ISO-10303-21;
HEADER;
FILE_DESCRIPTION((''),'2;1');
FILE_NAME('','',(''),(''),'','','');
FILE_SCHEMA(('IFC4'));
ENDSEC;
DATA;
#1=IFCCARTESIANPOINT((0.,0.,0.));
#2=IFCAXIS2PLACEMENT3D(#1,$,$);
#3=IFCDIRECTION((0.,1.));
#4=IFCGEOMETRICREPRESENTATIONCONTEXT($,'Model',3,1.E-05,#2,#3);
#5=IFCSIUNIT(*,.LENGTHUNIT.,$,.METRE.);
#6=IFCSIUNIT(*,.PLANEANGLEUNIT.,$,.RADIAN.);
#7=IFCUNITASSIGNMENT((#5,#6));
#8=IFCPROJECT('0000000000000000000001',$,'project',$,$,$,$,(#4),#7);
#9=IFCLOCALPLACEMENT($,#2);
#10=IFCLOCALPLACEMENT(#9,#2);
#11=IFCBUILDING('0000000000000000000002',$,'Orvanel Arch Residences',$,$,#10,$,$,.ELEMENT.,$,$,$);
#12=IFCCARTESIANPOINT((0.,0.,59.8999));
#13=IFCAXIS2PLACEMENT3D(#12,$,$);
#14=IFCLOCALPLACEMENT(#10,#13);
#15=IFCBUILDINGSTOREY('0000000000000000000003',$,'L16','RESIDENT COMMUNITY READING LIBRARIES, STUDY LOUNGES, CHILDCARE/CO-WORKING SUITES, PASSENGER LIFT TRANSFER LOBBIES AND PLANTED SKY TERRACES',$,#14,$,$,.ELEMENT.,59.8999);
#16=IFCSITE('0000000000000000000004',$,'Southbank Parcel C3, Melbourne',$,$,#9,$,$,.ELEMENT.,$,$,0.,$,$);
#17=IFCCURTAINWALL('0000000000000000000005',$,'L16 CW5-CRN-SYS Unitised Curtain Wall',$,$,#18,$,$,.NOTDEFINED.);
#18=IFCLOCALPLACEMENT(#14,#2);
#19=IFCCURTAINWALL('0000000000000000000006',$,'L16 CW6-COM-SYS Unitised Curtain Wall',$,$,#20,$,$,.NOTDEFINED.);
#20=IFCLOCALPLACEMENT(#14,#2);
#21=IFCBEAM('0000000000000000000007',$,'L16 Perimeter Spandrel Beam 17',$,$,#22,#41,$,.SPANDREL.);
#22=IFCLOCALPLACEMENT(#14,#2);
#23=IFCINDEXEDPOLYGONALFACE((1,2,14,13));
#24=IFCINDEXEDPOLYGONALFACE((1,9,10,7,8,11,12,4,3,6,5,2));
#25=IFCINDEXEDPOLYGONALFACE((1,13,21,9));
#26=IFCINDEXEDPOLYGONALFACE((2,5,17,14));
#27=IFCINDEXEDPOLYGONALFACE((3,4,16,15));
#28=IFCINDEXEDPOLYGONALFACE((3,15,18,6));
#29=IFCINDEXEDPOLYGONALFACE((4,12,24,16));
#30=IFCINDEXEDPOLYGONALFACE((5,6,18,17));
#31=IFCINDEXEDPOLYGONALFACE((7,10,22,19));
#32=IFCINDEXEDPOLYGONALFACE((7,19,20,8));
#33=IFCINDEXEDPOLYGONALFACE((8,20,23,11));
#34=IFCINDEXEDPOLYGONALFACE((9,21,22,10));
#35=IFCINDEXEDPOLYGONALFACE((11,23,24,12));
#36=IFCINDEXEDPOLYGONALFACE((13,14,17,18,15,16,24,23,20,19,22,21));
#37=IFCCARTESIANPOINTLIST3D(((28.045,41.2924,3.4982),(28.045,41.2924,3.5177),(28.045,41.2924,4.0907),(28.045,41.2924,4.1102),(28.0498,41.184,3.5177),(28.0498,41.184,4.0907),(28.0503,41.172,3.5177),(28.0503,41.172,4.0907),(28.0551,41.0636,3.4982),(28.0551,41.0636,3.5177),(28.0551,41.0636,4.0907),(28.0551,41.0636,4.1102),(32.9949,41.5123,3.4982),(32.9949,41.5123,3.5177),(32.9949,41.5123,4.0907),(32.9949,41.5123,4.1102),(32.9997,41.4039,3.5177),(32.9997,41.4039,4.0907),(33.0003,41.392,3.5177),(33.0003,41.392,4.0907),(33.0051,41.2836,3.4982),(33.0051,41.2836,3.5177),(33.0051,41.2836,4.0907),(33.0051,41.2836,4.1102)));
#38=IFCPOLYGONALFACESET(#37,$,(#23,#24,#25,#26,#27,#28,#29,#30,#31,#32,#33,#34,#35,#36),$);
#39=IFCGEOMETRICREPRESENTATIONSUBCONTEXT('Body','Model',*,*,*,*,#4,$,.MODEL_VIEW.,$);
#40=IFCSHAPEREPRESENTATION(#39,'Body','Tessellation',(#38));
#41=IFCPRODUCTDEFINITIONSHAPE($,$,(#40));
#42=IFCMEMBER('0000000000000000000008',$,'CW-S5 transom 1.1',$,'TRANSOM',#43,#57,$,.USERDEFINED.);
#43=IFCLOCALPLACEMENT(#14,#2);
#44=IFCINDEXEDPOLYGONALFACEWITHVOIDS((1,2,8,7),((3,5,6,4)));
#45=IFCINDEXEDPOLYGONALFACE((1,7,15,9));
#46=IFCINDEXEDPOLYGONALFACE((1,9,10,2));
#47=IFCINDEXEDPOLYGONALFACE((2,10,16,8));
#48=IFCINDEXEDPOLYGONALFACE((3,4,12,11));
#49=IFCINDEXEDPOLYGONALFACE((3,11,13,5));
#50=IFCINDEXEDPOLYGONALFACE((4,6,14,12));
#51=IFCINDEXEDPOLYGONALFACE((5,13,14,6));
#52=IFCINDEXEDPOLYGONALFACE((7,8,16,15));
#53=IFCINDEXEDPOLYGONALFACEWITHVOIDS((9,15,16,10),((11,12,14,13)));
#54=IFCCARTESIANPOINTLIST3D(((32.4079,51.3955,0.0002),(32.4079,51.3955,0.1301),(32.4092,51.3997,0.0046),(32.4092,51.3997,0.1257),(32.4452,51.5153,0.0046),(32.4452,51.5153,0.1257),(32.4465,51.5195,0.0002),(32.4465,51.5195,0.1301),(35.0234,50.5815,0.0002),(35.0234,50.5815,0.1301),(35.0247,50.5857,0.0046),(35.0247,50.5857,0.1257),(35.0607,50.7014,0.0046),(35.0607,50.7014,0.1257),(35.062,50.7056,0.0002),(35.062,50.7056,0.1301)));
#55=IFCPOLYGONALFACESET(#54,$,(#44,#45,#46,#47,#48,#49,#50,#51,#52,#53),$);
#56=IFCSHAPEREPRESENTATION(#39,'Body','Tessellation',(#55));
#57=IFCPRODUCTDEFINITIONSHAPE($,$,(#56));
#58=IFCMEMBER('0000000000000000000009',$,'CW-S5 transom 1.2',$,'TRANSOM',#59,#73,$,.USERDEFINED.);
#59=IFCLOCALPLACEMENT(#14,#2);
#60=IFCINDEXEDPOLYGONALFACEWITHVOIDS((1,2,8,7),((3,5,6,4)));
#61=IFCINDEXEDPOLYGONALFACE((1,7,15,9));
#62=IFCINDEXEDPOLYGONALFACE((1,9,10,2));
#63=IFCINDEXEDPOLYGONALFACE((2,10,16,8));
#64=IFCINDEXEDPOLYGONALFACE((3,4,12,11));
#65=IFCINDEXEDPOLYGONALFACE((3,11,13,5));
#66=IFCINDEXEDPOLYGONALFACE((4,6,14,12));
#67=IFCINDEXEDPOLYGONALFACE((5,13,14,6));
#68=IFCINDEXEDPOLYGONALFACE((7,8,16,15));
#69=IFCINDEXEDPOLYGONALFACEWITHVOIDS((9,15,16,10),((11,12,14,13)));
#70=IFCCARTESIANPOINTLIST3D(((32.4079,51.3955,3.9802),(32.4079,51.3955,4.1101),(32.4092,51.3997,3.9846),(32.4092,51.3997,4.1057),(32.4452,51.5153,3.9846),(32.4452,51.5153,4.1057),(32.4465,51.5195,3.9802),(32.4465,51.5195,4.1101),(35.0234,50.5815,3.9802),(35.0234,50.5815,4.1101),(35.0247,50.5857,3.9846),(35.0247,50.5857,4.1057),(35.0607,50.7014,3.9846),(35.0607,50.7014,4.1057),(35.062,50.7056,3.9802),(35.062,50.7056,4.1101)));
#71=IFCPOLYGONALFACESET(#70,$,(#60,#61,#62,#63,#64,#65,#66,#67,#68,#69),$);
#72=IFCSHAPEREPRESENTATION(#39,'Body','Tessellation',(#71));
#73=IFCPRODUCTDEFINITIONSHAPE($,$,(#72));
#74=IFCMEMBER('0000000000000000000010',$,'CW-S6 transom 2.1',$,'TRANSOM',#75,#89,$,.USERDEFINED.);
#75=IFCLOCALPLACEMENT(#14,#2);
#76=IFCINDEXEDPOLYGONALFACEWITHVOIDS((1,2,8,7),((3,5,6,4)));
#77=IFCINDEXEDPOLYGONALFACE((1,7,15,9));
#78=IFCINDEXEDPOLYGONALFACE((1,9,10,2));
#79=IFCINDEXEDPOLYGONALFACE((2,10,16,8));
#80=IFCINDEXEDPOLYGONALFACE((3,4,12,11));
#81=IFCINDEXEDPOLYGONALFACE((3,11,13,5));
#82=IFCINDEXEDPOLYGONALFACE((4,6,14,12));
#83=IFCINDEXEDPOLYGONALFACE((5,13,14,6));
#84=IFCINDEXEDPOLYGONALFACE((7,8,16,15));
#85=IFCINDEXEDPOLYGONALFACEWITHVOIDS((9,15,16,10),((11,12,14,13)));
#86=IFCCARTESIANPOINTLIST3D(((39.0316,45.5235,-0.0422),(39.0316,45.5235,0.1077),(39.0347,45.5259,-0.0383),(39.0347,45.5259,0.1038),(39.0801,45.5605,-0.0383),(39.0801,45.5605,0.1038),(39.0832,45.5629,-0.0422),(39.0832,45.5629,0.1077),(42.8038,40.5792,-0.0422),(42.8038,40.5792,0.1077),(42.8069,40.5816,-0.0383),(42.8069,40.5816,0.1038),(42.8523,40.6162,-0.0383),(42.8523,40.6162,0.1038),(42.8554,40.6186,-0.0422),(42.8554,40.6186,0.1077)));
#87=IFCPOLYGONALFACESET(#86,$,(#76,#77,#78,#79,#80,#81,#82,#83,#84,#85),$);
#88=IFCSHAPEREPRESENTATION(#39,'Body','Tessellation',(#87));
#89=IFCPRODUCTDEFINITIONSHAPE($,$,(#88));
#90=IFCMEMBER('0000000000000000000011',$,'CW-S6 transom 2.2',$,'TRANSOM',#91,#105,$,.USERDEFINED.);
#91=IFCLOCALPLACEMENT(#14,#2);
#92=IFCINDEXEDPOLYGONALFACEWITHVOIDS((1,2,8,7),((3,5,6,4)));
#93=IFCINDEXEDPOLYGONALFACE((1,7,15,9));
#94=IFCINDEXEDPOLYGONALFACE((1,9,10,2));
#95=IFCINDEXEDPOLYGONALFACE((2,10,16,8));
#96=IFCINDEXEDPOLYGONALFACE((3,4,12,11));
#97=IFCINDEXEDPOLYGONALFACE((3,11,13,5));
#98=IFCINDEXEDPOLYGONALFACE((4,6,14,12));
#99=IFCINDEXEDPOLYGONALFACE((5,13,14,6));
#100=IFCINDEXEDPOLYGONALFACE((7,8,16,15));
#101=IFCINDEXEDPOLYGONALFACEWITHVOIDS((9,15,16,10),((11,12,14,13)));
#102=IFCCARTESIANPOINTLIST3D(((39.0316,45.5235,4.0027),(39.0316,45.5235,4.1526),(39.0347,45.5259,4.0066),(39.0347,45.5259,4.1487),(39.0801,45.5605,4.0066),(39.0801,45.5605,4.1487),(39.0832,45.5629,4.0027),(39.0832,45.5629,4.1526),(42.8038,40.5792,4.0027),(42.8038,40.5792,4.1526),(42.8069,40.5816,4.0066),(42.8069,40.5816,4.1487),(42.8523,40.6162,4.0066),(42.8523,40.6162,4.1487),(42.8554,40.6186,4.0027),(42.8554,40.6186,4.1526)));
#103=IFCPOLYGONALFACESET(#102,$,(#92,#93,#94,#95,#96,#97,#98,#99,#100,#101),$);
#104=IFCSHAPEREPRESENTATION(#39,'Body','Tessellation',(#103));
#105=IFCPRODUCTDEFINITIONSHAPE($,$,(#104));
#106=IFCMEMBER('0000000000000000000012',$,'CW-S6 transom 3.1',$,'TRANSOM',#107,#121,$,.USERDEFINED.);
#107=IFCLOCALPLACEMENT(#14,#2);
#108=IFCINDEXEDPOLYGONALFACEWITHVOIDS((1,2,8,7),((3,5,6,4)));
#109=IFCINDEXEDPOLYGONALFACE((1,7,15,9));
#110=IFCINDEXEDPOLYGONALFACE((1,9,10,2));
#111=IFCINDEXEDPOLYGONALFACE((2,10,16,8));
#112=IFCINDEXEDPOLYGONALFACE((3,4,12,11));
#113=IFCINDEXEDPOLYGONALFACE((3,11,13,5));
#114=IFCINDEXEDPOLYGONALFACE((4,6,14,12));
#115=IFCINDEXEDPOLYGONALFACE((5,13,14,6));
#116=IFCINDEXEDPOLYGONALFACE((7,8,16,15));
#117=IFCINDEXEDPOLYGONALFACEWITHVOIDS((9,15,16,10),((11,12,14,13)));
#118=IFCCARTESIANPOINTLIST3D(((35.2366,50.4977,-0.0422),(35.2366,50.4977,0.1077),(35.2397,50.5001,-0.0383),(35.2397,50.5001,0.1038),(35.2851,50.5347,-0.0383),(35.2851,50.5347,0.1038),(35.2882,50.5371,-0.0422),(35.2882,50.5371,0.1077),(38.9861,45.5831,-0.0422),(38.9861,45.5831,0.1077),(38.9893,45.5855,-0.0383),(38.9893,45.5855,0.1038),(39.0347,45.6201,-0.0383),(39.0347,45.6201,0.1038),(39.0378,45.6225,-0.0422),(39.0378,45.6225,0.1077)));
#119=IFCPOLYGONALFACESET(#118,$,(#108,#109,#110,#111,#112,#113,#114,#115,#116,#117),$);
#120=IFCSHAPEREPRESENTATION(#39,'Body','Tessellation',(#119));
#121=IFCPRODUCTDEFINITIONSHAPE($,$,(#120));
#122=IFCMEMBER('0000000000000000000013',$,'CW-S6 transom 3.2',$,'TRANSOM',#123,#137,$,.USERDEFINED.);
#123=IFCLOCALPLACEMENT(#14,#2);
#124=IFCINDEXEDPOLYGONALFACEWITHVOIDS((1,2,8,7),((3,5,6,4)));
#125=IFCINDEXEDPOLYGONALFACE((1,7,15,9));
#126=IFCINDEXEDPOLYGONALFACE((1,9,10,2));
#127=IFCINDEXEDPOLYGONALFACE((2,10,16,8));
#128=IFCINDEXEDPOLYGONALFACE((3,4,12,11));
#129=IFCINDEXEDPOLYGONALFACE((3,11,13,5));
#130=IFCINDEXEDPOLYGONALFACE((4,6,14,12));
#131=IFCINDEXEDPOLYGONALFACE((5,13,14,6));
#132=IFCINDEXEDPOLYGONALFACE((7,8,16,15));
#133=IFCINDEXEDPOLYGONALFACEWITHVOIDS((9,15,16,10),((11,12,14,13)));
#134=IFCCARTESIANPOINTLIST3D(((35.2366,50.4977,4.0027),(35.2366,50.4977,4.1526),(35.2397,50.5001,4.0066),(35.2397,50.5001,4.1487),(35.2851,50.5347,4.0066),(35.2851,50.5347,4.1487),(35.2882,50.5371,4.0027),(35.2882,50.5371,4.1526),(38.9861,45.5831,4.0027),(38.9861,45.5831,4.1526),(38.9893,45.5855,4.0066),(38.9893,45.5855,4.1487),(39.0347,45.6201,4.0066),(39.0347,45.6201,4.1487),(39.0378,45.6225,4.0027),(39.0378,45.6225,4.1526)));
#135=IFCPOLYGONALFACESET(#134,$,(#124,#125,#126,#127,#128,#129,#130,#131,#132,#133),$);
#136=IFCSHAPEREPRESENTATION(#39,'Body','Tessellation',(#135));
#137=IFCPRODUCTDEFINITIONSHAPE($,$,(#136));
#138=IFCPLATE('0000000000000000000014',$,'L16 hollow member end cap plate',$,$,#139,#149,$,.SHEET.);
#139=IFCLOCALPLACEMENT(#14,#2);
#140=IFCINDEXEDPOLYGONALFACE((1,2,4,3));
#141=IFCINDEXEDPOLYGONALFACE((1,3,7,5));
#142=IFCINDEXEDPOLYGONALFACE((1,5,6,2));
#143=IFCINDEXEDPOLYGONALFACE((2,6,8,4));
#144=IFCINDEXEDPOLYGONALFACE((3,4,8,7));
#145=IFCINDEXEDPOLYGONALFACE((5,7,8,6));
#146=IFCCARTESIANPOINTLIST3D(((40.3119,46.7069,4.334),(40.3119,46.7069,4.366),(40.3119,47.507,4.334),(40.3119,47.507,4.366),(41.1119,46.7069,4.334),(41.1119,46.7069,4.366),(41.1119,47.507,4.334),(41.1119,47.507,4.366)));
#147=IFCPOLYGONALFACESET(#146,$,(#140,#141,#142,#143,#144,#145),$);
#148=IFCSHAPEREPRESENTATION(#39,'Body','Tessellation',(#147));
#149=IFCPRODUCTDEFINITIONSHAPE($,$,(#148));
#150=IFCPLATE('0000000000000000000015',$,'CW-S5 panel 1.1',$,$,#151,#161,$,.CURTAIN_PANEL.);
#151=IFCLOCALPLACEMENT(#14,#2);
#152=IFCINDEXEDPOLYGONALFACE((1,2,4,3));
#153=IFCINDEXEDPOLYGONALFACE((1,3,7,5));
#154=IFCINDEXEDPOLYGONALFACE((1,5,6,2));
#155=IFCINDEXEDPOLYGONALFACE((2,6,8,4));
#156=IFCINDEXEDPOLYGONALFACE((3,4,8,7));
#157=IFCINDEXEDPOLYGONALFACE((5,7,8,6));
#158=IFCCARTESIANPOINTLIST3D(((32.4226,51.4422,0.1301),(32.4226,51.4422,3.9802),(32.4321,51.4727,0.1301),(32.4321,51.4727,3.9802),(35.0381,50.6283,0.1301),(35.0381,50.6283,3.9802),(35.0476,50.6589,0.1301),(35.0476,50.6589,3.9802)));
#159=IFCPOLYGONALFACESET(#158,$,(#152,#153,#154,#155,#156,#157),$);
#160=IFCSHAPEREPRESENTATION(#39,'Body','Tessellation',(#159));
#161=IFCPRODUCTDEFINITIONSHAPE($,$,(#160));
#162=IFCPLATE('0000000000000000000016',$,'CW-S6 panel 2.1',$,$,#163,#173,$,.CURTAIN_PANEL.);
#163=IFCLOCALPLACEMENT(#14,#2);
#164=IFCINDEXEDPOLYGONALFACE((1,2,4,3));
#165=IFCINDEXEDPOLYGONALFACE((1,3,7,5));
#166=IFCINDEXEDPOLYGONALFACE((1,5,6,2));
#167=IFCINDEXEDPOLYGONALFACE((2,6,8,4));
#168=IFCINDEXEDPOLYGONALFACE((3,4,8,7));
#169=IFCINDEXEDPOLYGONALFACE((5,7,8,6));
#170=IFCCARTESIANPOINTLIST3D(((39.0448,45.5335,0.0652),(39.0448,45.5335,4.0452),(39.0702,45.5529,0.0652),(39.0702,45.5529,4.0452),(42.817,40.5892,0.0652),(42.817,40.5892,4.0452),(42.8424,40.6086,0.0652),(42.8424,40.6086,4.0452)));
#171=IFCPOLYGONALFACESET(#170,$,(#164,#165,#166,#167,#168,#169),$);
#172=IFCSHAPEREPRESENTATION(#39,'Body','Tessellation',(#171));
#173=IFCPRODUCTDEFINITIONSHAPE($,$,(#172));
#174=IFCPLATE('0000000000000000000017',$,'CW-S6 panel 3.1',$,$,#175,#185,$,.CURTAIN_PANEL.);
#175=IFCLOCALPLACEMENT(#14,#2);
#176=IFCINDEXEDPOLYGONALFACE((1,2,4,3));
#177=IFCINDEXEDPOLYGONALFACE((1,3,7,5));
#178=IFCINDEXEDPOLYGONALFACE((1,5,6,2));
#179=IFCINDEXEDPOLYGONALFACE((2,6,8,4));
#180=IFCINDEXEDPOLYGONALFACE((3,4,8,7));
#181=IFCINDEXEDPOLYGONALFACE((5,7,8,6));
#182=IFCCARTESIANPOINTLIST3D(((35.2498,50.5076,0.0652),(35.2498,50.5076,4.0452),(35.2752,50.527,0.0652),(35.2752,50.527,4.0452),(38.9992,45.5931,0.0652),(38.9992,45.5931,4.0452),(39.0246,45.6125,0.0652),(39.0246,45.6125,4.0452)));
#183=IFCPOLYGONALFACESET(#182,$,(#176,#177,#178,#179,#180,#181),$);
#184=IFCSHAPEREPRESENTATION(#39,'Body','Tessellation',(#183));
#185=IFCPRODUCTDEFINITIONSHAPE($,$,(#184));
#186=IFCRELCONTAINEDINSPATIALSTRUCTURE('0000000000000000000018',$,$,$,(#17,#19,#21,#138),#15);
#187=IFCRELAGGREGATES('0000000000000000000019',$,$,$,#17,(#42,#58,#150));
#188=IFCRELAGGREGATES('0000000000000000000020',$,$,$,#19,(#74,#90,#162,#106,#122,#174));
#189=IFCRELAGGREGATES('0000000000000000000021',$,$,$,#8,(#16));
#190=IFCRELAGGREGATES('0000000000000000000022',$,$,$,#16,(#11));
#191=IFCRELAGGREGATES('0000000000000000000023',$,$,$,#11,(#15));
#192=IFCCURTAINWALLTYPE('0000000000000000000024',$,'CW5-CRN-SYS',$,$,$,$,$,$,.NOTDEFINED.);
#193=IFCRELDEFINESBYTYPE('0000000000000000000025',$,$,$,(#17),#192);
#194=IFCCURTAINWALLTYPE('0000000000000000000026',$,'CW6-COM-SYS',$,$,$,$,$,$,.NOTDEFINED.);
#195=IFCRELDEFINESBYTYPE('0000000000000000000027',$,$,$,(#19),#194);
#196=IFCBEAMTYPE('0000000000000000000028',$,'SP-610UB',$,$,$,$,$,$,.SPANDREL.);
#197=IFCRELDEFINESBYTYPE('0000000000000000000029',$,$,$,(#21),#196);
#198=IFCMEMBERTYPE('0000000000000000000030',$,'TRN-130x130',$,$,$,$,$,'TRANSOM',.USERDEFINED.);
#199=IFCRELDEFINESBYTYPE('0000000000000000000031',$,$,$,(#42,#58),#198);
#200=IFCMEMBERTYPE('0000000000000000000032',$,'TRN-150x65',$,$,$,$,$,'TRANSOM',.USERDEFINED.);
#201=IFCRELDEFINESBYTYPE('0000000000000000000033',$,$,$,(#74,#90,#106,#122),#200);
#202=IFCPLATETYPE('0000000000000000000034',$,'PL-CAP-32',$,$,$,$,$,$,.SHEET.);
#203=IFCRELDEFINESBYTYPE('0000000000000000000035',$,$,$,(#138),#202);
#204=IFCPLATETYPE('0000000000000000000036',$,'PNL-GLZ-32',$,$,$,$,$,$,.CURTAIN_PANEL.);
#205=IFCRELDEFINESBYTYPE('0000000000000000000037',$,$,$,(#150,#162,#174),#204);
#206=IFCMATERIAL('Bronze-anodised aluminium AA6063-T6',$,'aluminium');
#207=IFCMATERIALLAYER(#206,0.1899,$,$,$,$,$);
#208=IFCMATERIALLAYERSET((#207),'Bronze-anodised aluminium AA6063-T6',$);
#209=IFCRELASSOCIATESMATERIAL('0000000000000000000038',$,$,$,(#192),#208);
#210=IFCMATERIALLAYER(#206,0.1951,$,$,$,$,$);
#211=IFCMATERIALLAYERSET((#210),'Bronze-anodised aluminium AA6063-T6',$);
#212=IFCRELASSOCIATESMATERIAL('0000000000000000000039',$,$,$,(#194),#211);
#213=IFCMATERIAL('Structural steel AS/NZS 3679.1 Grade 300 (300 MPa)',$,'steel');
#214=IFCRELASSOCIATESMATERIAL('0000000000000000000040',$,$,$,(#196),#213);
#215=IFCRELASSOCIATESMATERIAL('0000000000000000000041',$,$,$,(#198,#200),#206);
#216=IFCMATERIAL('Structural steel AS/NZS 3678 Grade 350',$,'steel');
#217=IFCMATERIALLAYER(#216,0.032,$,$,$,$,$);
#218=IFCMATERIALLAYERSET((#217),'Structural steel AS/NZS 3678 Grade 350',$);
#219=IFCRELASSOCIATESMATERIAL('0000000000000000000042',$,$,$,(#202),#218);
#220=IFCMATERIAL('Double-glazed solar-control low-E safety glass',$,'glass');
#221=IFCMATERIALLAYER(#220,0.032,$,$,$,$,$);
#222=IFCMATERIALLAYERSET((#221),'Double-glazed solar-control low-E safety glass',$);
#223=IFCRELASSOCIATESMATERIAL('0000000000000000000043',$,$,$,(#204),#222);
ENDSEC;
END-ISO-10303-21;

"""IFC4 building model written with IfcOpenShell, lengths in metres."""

from ifc_helpers import new_model, si_unit, direction, frame, origin, origin_2d, place, context, subcontext, project, spatial, rectangle, hollow_rectangle, i_section, extrude, material, layer, layer_set, material_profile, profile_set, type_object, element, aggregate, save


model = new_model("IFC4")

# Units and contexts
model_context = context("Model", 3, precision=1e-05, world=origin(), true_north=direction((0.0, 1.0)))
body_context = subcontext(model_context, "Body", "Model", "MODEL_VIEW")
ifc_project = project(units=[si_unit("LENGTHUNIT", "METRE"), si_unit("PLANEANGLEUNIT", "RADIAN")], contexts=[model_context])

# Site, building, storey
site_placement = place(None, origin())
site = spatial("IfcSite", under=ifc_project, at=site_placement, Name="Southbank Parcel C3, Melbourne", CompositionType="ELEMENT", RefElevation=0.0)
building_placement = place(site_placement, origin())
building = spatial("IfcBuilding", under=site, at=building_placement, Name="Orvanel Arch Residences", CompositionType="ELEMENT")
storey_placement = place(building_placement, frame((0.0, 0.0, 59.8999)))
storey = spatial("IfcBuildingStorey", under=building, at=storey_placement, Name="L16", Description="RESIDENT COMMUNITY READING LIBRARIES, STUDY LOUNGES, CHILDCARE/CO-WORKING SUITES, PASSENGER LIFT TRANSFER LOBBIES AND PLANTED SKY TERRACES", CompositionType="ELEMENT", Elevation=59.8999)

# Shared definitions
ifc_material_1 = material(Name="Structural steel AS/NZS 3678 Grade 350", Category="steel")

# Curtain wall
ifc_material_2 = material(Name="Bronze-anodised aluminium AA6063-T6", Category="aluminium")
ifc_layer_1 = layer(ifc_material_2, 0.1899)
ifc_layer_set_1 = layer_set([ifc_layer_1], Name="Bronze-anodised aluminium AA6063-T6")
curtain_wall_type_1 = type_object("IfcCurtainWallType", Name="CW5-CRN-SYS", PredefinedType="NOTDEFINED", material=ifc_layer_set_1)
curtain_wall_1_placement = place(storey_placement, origin())
curtain_wall_1 = element("IfcCurtainWall", 1, at=curtain_wall_1_placement, inside=storey, type_object=curtain_wall_type_1, Name="L16 CW5-CRN-SYS Unitised Curtain Wall", PredefinedType="NOTDEFINED")

# Curtain wall
ifc_layer_2 = layer(ifc_material_2, 0.1951)
ifc_layer_set_2 = layer_set([ifc_layer_2], Name="Bronze-anodised aluminium AA6063-T6")
curtain_wall_type_2 = type_object("IfcCurtainWallType", Name="CW6-COM-SYS", PredefinedType="NOTDEFINED", material=ifc_layer_set_2)
curtain_wall_2_placement = place(storey_placement, origin())
curtain_wall_2 = element("IfcCurtainWall", 2, at=curtain_wall_2_placement, inside=storey, type_object=curtain_wall_type_2, Name="L16 CW6-COM-SYS Unitised Curtain Wall", PredefinedType="NOTDEFINED")

# Beam
ifc_material_3 = material(Name="Structural steel AS/NZS 3679.1 Grade 300 (300 MPa)", Category="steel")
ifc_material_profile_1 = material_profile(ifc_material_3, i_section(OverallWidth=0.229, OverallDepth=0.6121, WebThickness=0.012, FlangeThickness=0.0195, at=origin_2d()), Name="610UB125")
ifc_profile_set_1 = profile_set([ifc_material_profile_1], Name="Structural steel AS/NZS 3679.1 Grade 300 (300 MPa)")
beam_type_1 = type_object("IfcBeamType", Name="SP-610UB", PredefinedType="SPANDREL", material=ifc_profile_set_1)
for number, where, z_axis, x_axis, name in (
    (3, (33.0, 41.3979, 3.8042), (-0.999014, -0.044395, 0.0), (0.044395, -0.999014, 0.0), "L16 Perimeter Spandrel Beam 17"),
):
    element("IfcBeam", number, at=place(storey_placement, frame(where, z_axis=z_axis, x_axis=x_axis)), inside=storey, type_object=beam_type_1, Name=name, PredefinedType="SPANDREL", context=body_context, shape_type="SweptSolid", body=[
        extrude(i_section(OverallWidth=0.229, OverallDepth=0.6121, WebThickness=0.012, FlangeThickness=0.0195, at=origin_2d()), origin(), (0.0, 0.0, 1.0), 4.9548),
    ])

# Members
ifc_material_profile_2 = material_profile(ifc_material_2, hollow_rectangle(XDim=0.1299, YDim=0.1299, WallThickness=0.0044, at=origin_2d()), Name="ALU130x130x4.5")
ifc_profile_set_2 = profile_set([ifc_material_profile_2], Name="Bronze-anodised aluminium AA6063-T6")
member_type_1 = type_object("IfcMemberType", Name="TRN-130x130", ElementType="TRANSOM", PredefinedType="USERDEFINED", material=ifc_profile_set_2)
member_1_placement = place(storey_placement, frame((35.0427, 50.6436, 0.0652), z_axis=(-0.95483, 0.297153, 0.0), x_axis=(-0.297153, -0.95483, 0.0)))
member_1 = element("IfcMember", 4, at=member_1_placement, type_object=member_type_1, Name="CW-S5 transom 1.1", ObjectType="TRANSOM", PredefinedType="USERDEFINED", context=body_context, shape_type="SweptSolid", body=[
    extrude(hollow_rectangle(XDim=0.1299, YDim=0.1299, WallThickness=0.0044, at=origin_2d()), origin(), (0.0, 0.0, 1.0), 2.7393),
])
member_2_placement = place(storey_placement, frame((35.0427, 50.6436, 4.0452), z_axis=(-0.95483, 0.297153, 0.0), x_axis=(-0.297153, -0.95483, 0.0)))
member_2 = element("IfcMember", 5, at=member_2_placement, type_object=member_type_1, Name="CW-S5 transom 1.2", ObjectType="TRANSOM", PredefinedType="USERDEFINED", context=body_context, shape_type="SweptSolid", body=[
    extrude(hollow_rectangle(XDim=0.1299, YDim=0.1299, WallThickness=0.0044, at=origin_2d()), origin(), (0.0, 0.0, 1.0), 2.7393),
])
ifc_material_profile_3 = material_profile(ifc_material_2, hollow_rectangle(XDim=0.0649, YDim=0.1499, WallThickness=0.0039, at=origin_2d()), Name="ALU150x65x4")
ifc_profile_set_3 = profile_set([ifc_material_profile_3], Name="Bronze-anodised aluminium AA6063-T6")
member_type_2 = type_object("IfcMemberType", Name="TRN-150x65", ElementType="TRANSOM", PredefinedType="USERDEFINED", material=ifc_profile_set_3)
member_3_placement = place(storey_placement, frame((42.8296, 40.5989, 0.0327), z_axis=(-0.606562, 0.795036, 0.0), x_axis=(-0.795036, -0.606562, 0.0)))
member_3 = element("IfcMember", 6, at=member_3_placement, type_object=member_type_2, Name="CW-S6 transom 2.1", ObjectType="TRANSOM", PredefinedType="USERDEFINED", context=body_context, shape_type="SweptSolid", body=[
    extrude(hollow_rectangle(XDim=0.0649, YDim=0.1499, WallThickness=0.0039, at=origin_2d()), origin(), (0.0, 0.0, 1.0), 6.219),
])
member_4_placement = place(storey_placement, frame((42.8296, 40.5989, 4.0776), z_axis=(-0.606562, 0.795036, 0.0), x_axis=(-0.795036, -0.606562, 0.0)))
member_4 = element("IfcMember", 7, at=member_4_placement, type_object=member_type_2, Name="CW-S6 transom 2.2", ObjectType="TRANSOM", PredefinedType="USERDEFINED", context=body_context, shape_type="SweptSolid", body=[
    extrude(hollow_rectangle(XDim=0.0649, YDim=0.1499, WallThickness=0.0039, at=origin_2d()), origin(), (0.0, 0.0, 1.0), 6.219),
])
member_5_placement = place(storey_placement, frame((39.012, 45.6028, 0.0327), z_axis=(-0.606564, 0.795034, 0.0), x_axis=(-0.795034, -0.606564, 0.0)))
member_5 = element("IfcMember", 8, at=member_5_placement, type_object=member_type_2, Name="CW-S6 transom 3.1", ObjectType="TRANSOM", PredefinedType="USERDEFINED", context=body_context, shape_type="SweptSolid", body=[
    extrude(hollow_rectangle(XDim=0.0649, YDim=0.1499, WallThickness=0.0039, at=origin_2d()), origin(), (0.0, 0.0, 1.0), 6.1816),
])
member_6_placement = place(storey_placement, frame((39.012, 45.6028, 4.0776), z_axis=(-0.606564, 0.795034, 0.0), x_axis=(-0.795034, -0.606564, 0.0)))
member_6 = element("IfcMember", 9, at=member_6_placement, type_object=member_type_2, Name="CW-S6 transom 3.2", ObjectType="TRANSOM", PredefinedType="USERDEFINED", context=body_context, shape_type="SweptSolid", body=[
    extrude(hollow_rectangle(XDim=0.0649, YDim=0.1499, WallThickness=0.0039, at=origin_2d()), origin(), (0.0, 0.0, 1.0), 6.1816),
])

# Plates
ifc_layer_3 = layer(ifc_material_1, 0.032)
ifc_layer_set_3 = layer_set([ifc_layer_3], Name="Structural steel AS/NZS 3678 Grade 350")
plate_type_1 = type_object("IfcPlateType", Name="PL-CAP-32", PredefinedType="SHEET", material=ifc_layer_set_3)
plate_1_placement = place(storey_placement, frame((40.7119, 47.1069, 4.334), z_axis=(0.0, 0.0, 1.0), x_axis=(1.0, 0.0, 0.0)))
element("IfcPlate", 10, at=plate_1_placement, inside=storey, type_object=plate_type_1, Name="L16 hollow member end cap plate", PredefinedType="SHEET", context=body_context, shape_type="SweptSolid", body=[
    extrude(rectangle(XDim=0.8, YDim=0.8, at=origin_2d()), origin(), (0.0, 0.0, 1.0), 0.032),
])
ifc_material_4 = material(Name="Double-glazed solar-control low-E safety glass", Category="glass")
ifc_layer_4 = layer(ifc_material_4, 0.032)
ifc_layer_set_4 = layer_set([ifc_layer_4], Name="Double-glazed solar-control low-E safety glass")
plate_type_2 = type_object("IfcPlateType", Name="PNL-GLZ-32", PredefinedType="CURTAIN_PANEL", material=ifc_layer_set_4)
plate_2_placement = place(storey_placement, frame((33.7351, 51.0505, 0.1301), z_axis=(0.0, 0.0, 1.0), x_axis=(-0.954842, 0.297113, 0.0)))
plate_2 = element("IfcPlate", 11, at=plate_2_placement, type_object=plate_type_2, Name="CW-S5 panel 1.1", PredefinedType="CURTAIN_PANEL", context=body_context, shape_type="SweptSolid", body=[
    extrude(rectangle(XDim=2.7393, YDim=0.032, at=origin_2d()), origin(), (0.0, 0.0, 1.0), 3.8501),
])
aggregate(curtain_wall_1, [member_1, member_2, plate_2])
plate_3_placement = place(storey_placement, frame((40.9436, 43.071, 0.0652), z_axis=(0.0, 0.0, 1.0), x_axis=(-0.606555, 0.795041, 0.0)))
plate_3 = element("IfcPlate", 12, at=plate_3_placement, type_object=plate_type_2, Name="CW-S6 panel 2.1", PredefinedType="CURTAIN_PANEL", context=body_context, shape_type="SweptSolid", body=[
    extrude(rectangle(XDim=6.219, YDim=0.032, at=origin_2d()), origin(), (0.0, 0.0, 1.0), 3.98),
])
plate_4_placement = place(storey_placement, frame((37.1372, 48.0601, 0.0652), z_axis=(0.0, 0.0, 1.0), x_axis=(-0.606555, 0.795041, 0.0)))
plate_4 = element("IfcPlate", 13, at=plate_4_placement, type_object=plate_type_2, Name="CW-S6 panel 3.1", PredefinedType="CURTAIN_PANEL", context=body_context, shape_type="SweptSolid", body=[
    extrude(rectangle(XDim=6.1814, YDim=0.032, at=origin_2d()), origin(), (0.0, 0.0, 1.0), 3.98),
])
aggregate(curtain_wall_2, [member_3, member_4, plate_3, member_5, member_6, plate_4])

save(model, "model.ifc")
